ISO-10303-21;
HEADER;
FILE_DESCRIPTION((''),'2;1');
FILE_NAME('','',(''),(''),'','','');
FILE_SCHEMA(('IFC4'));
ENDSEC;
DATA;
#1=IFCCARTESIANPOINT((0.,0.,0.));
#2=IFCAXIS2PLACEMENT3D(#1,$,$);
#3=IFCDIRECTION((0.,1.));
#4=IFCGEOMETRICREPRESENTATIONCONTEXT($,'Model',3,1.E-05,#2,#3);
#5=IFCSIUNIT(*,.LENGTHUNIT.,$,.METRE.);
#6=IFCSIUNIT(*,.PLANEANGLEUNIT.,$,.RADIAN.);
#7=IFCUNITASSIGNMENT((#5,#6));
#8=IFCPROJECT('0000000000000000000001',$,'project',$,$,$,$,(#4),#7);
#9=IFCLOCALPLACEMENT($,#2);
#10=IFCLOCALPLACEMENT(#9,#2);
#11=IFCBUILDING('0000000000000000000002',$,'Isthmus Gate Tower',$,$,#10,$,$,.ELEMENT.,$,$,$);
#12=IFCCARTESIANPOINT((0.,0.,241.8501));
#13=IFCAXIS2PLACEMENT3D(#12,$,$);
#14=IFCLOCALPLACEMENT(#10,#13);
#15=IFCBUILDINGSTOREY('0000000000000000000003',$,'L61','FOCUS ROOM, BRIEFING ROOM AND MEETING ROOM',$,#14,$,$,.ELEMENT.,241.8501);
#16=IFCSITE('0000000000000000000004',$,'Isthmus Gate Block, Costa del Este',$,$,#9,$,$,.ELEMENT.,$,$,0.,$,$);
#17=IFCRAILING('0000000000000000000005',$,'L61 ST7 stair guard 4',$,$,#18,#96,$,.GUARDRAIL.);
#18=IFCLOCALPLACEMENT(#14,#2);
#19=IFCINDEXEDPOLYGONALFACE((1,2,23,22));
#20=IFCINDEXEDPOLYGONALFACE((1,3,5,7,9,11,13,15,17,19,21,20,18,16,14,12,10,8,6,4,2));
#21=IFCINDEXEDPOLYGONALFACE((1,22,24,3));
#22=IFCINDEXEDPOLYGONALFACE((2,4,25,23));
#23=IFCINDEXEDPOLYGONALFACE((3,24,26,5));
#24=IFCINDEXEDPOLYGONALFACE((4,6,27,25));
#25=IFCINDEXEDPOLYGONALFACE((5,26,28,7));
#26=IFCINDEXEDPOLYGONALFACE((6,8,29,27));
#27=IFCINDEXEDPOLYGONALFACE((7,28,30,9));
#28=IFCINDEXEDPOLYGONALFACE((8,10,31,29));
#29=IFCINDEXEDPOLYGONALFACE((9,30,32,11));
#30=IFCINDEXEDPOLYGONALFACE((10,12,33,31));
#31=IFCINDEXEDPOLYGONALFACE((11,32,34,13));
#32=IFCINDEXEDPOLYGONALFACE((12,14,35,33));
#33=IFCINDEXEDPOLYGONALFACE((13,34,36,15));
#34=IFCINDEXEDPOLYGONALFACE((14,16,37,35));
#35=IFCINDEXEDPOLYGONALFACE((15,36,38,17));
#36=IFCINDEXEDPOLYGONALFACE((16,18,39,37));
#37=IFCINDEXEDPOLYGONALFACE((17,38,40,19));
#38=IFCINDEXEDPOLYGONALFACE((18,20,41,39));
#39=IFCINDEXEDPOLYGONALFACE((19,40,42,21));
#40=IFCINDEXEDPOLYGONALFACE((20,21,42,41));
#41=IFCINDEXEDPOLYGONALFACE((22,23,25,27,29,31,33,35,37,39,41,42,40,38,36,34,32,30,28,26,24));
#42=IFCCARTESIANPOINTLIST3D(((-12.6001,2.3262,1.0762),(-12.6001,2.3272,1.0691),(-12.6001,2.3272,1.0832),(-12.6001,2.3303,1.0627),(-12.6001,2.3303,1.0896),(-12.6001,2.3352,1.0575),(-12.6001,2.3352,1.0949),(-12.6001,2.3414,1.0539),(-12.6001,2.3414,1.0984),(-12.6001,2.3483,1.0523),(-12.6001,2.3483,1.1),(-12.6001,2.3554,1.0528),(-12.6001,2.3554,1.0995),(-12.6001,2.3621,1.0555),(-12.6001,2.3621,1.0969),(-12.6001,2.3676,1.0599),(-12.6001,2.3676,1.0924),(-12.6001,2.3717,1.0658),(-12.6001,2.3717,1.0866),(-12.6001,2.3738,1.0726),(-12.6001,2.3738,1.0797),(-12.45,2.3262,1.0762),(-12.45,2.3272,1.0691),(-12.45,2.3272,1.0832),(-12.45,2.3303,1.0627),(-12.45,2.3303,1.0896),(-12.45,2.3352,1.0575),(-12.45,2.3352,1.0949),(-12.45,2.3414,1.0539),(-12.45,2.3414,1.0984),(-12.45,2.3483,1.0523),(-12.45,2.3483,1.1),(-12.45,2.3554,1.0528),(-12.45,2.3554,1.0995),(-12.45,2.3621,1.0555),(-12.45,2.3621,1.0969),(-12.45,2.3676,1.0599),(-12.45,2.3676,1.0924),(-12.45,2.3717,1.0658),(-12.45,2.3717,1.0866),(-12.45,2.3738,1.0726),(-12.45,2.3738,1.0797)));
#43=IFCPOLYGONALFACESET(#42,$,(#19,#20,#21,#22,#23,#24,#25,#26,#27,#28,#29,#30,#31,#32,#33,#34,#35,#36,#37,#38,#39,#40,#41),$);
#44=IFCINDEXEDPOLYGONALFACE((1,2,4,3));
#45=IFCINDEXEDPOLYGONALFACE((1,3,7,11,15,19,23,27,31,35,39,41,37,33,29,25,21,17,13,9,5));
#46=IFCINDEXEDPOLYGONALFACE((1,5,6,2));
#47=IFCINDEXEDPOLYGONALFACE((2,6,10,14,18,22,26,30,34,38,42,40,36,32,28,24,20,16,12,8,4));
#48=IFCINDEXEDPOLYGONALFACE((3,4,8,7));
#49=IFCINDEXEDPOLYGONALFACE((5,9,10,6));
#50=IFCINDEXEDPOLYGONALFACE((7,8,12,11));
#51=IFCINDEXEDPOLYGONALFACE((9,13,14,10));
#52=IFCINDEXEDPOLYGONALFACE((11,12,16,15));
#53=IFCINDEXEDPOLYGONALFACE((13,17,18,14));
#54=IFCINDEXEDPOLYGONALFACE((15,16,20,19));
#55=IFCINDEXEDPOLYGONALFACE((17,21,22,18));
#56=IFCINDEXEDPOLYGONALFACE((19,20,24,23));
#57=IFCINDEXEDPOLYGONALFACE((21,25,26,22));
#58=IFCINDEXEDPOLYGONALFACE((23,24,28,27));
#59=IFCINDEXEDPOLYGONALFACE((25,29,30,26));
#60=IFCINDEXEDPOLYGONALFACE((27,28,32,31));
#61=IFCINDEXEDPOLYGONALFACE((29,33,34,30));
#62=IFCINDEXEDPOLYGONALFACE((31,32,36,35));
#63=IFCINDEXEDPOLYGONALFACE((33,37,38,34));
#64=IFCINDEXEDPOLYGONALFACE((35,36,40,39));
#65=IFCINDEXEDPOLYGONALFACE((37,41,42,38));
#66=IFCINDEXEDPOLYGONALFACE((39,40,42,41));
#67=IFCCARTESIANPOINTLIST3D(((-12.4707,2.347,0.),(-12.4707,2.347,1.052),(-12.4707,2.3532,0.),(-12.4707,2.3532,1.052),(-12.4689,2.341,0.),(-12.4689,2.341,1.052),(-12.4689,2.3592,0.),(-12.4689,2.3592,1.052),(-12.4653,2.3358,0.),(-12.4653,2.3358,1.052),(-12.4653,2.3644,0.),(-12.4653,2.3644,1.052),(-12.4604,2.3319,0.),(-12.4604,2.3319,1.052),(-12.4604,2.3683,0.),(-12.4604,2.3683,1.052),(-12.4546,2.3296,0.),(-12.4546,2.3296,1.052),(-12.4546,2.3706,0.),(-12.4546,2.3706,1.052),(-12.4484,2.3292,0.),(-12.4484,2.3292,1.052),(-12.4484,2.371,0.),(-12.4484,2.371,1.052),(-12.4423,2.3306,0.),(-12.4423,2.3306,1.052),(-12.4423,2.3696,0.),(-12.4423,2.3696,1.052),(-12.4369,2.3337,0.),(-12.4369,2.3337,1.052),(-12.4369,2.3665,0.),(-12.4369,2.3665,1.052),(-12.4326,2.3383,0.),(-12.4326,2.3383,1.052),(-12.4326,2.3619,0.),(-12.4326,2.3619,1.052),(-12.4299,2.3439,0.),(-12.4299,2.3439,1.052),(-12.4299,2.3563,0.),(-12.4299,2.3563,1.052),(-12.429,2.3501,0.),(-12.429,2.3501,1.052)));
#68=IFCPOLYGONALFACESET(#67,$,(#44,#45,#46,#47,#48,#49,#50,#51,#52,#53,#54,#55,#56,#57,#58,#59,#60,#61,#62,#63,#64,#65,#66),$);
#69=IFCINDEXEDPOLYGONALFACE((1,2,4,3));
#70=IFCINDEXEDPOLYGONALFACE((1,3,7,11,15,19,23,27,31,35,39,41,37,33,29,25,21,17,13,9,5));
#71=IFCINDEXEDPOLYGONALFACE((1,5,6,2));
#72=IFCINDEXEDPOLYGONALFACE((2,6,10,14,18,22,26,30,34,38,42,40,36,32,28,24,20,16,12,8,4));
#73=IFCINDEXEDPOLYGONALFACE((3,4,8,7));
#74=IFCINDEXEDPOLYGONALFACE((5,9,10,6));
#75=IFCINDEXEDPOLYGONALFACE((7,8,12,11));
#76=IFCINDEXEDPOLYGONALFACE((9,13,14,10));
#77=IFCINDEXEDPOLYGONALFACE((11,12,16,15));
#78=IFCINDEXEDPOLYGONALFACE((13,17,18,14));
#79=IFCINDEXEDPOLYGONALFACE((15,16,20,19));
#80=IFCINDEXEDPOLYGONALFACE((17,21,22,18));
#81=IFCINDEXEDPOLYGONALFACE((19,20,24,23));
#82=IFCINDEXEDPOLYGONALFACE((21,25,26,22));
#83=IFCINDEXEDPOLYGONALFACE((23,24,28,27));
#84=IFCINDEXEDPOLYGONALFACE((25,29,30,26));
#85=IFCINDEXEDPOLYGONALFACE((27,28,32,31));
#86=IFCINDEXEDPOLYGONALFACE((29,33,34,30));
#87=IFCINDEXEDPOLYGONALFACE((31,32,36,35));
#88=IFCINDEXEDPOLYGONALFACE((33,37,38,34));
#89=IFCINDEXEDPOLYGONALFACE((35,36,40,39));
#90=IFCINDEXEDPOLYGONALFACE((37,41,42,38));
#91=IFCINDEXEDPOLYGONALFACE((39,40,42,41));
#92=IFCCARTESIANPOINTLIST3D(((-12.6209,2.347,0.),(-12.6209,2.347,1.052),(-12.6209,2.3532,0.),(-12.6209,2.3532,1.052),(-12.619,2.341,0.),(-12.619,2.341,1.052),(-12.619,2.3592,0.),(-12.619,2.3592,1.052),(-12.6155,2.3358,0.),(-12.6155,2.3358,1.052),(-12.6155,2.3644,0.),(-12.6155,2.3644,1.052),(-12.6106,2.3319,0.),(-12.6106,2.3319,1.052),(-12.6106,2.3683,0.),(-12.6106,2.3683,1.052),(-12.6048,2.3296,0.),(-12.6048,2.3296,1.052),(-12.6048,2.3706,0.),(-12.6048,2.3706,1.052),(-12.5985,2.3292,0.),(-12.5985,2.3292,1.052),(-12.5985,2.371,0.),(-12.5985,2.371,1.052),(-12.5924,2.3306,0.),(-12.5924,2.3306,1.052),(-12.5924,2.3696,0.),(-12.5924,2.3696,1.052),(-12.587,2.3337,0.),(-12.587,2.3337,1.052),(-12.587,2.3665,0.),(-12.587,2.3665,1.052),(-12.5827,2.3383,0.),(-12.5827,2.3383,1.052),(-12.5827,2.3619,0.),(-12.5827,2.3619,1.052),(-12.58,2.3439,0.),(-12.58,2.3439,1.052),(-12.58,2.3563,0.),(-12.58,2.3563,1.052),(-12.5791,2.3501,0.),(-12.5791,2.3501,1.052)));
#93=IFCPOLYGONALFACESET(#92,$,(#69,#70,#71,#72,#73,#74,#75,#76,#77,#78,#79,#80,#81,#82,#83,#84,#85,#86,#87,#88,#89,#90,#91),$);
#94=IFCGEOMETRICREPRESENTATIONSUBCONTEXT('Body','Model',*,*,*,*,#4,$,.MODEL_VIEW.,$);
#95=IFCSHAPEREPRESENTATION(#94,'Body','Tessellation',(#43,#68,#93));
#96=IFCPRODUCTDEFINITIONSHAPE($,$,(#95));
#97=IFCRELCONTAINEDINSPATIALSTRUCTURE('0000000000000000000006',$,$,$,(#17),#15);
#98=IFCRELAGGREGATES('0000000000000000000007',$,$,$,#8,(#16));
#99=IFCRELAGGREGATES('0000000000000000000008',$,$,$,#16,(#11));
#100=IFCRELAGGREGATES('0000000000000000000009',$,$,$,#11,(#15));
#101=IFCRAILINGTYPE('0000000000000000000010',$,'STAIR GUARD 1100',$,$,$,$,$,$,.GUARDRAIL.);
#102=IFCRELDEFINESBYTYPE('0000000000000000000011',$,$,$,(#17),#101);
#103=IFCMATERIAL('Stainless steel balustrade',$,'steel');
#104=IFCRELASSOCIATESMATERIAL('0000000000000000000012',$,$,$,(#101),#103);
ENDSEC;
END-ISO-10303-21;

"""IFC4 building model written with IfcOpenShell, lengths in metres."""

from ifc_helpers import new_model, si_unit, direction, frame, origin, origin_2d, place, context, subcontext, project, spatial, circle, extrude, material, type_object, element, save


model = new_model("IFC4")

# Units and contexts
model_context = context("Model", 3, precision=1e-05, world=origin(), true_north=direction((0.0, 1.0)))
body_context = subcontext(model_context, "Body", "Model", "MODEL_VIEW")
ifc_project = project(units=[si_unit("LENGTHUNIT", "METRE"), si_unit("PLANEANGLEUNIT", "RADIAN")], contexts=[model_context])

# Site, building, storey
site_placement = place(None, origin())
site = spatial("IfcSite", under=ifc_project, at=site_placement, Name="Isthmus Gate Block, Costa del Este", CompositionType="ELEMENT", RefElevation=0.0)
building_placement = place(site_placement, origin())
building = spatial("IfcBuilding", under=site, at=building_placement, Name="Isthmus Gate Tower", CompositionType="ELEMENT")
storey_placement = place(building_placement, frame((0.0, 0.0, 241.8501)))
storey = spatial("IfcBuildingStorey", under=building, at=storey_placement, Name="L61", Description="FOCUS ROOM, BRIEFING ROOM AND MEETING ROOM", CompositionType="ELEMENT", Elevation=241.8501)

# Railing
ifc_material_1 = material(Name="Stainless steel balustrade", Category="steel")
railing_type = type_object("IfcRailingType", Name="STAIR GUARD 1100", PredefinedType="GUARDRAIL", material=ifc_material_1)
railing_1_placement = place(storey_placement, frame((-12.45, 2.3501, 0.0)))
element("IfcRailing", 1, at=railing_1_placement, inside=storey, type_object=railing_type, Name="L61 ST7 stair guard 4", PredefinedType="GUARDRAIL", context=body_context, shape_type="SweptSolid", body=[
    extrude(circle(Radius=0.0239, at=origin_2d()), frame((0.0, 0.0, 1.0762), z_axis=(-1.0, 0.0, 0.0), x_axis=(0.0, -1.0, 0.0)), (0.0, 0.0, 1.0), 0.1501),
    extrude(circle(Radius=0.021, at=origin_2d()), origin(), (0.0, 0.0, 1.0), 1.052),
    extrude(circle(Radius=0.021, at=origin_2d()), frame((-0.1501, 0.0, 0.0)), (0.0, 0.0, 1.0), 1.052),
])

save(model, "model.ifc")
